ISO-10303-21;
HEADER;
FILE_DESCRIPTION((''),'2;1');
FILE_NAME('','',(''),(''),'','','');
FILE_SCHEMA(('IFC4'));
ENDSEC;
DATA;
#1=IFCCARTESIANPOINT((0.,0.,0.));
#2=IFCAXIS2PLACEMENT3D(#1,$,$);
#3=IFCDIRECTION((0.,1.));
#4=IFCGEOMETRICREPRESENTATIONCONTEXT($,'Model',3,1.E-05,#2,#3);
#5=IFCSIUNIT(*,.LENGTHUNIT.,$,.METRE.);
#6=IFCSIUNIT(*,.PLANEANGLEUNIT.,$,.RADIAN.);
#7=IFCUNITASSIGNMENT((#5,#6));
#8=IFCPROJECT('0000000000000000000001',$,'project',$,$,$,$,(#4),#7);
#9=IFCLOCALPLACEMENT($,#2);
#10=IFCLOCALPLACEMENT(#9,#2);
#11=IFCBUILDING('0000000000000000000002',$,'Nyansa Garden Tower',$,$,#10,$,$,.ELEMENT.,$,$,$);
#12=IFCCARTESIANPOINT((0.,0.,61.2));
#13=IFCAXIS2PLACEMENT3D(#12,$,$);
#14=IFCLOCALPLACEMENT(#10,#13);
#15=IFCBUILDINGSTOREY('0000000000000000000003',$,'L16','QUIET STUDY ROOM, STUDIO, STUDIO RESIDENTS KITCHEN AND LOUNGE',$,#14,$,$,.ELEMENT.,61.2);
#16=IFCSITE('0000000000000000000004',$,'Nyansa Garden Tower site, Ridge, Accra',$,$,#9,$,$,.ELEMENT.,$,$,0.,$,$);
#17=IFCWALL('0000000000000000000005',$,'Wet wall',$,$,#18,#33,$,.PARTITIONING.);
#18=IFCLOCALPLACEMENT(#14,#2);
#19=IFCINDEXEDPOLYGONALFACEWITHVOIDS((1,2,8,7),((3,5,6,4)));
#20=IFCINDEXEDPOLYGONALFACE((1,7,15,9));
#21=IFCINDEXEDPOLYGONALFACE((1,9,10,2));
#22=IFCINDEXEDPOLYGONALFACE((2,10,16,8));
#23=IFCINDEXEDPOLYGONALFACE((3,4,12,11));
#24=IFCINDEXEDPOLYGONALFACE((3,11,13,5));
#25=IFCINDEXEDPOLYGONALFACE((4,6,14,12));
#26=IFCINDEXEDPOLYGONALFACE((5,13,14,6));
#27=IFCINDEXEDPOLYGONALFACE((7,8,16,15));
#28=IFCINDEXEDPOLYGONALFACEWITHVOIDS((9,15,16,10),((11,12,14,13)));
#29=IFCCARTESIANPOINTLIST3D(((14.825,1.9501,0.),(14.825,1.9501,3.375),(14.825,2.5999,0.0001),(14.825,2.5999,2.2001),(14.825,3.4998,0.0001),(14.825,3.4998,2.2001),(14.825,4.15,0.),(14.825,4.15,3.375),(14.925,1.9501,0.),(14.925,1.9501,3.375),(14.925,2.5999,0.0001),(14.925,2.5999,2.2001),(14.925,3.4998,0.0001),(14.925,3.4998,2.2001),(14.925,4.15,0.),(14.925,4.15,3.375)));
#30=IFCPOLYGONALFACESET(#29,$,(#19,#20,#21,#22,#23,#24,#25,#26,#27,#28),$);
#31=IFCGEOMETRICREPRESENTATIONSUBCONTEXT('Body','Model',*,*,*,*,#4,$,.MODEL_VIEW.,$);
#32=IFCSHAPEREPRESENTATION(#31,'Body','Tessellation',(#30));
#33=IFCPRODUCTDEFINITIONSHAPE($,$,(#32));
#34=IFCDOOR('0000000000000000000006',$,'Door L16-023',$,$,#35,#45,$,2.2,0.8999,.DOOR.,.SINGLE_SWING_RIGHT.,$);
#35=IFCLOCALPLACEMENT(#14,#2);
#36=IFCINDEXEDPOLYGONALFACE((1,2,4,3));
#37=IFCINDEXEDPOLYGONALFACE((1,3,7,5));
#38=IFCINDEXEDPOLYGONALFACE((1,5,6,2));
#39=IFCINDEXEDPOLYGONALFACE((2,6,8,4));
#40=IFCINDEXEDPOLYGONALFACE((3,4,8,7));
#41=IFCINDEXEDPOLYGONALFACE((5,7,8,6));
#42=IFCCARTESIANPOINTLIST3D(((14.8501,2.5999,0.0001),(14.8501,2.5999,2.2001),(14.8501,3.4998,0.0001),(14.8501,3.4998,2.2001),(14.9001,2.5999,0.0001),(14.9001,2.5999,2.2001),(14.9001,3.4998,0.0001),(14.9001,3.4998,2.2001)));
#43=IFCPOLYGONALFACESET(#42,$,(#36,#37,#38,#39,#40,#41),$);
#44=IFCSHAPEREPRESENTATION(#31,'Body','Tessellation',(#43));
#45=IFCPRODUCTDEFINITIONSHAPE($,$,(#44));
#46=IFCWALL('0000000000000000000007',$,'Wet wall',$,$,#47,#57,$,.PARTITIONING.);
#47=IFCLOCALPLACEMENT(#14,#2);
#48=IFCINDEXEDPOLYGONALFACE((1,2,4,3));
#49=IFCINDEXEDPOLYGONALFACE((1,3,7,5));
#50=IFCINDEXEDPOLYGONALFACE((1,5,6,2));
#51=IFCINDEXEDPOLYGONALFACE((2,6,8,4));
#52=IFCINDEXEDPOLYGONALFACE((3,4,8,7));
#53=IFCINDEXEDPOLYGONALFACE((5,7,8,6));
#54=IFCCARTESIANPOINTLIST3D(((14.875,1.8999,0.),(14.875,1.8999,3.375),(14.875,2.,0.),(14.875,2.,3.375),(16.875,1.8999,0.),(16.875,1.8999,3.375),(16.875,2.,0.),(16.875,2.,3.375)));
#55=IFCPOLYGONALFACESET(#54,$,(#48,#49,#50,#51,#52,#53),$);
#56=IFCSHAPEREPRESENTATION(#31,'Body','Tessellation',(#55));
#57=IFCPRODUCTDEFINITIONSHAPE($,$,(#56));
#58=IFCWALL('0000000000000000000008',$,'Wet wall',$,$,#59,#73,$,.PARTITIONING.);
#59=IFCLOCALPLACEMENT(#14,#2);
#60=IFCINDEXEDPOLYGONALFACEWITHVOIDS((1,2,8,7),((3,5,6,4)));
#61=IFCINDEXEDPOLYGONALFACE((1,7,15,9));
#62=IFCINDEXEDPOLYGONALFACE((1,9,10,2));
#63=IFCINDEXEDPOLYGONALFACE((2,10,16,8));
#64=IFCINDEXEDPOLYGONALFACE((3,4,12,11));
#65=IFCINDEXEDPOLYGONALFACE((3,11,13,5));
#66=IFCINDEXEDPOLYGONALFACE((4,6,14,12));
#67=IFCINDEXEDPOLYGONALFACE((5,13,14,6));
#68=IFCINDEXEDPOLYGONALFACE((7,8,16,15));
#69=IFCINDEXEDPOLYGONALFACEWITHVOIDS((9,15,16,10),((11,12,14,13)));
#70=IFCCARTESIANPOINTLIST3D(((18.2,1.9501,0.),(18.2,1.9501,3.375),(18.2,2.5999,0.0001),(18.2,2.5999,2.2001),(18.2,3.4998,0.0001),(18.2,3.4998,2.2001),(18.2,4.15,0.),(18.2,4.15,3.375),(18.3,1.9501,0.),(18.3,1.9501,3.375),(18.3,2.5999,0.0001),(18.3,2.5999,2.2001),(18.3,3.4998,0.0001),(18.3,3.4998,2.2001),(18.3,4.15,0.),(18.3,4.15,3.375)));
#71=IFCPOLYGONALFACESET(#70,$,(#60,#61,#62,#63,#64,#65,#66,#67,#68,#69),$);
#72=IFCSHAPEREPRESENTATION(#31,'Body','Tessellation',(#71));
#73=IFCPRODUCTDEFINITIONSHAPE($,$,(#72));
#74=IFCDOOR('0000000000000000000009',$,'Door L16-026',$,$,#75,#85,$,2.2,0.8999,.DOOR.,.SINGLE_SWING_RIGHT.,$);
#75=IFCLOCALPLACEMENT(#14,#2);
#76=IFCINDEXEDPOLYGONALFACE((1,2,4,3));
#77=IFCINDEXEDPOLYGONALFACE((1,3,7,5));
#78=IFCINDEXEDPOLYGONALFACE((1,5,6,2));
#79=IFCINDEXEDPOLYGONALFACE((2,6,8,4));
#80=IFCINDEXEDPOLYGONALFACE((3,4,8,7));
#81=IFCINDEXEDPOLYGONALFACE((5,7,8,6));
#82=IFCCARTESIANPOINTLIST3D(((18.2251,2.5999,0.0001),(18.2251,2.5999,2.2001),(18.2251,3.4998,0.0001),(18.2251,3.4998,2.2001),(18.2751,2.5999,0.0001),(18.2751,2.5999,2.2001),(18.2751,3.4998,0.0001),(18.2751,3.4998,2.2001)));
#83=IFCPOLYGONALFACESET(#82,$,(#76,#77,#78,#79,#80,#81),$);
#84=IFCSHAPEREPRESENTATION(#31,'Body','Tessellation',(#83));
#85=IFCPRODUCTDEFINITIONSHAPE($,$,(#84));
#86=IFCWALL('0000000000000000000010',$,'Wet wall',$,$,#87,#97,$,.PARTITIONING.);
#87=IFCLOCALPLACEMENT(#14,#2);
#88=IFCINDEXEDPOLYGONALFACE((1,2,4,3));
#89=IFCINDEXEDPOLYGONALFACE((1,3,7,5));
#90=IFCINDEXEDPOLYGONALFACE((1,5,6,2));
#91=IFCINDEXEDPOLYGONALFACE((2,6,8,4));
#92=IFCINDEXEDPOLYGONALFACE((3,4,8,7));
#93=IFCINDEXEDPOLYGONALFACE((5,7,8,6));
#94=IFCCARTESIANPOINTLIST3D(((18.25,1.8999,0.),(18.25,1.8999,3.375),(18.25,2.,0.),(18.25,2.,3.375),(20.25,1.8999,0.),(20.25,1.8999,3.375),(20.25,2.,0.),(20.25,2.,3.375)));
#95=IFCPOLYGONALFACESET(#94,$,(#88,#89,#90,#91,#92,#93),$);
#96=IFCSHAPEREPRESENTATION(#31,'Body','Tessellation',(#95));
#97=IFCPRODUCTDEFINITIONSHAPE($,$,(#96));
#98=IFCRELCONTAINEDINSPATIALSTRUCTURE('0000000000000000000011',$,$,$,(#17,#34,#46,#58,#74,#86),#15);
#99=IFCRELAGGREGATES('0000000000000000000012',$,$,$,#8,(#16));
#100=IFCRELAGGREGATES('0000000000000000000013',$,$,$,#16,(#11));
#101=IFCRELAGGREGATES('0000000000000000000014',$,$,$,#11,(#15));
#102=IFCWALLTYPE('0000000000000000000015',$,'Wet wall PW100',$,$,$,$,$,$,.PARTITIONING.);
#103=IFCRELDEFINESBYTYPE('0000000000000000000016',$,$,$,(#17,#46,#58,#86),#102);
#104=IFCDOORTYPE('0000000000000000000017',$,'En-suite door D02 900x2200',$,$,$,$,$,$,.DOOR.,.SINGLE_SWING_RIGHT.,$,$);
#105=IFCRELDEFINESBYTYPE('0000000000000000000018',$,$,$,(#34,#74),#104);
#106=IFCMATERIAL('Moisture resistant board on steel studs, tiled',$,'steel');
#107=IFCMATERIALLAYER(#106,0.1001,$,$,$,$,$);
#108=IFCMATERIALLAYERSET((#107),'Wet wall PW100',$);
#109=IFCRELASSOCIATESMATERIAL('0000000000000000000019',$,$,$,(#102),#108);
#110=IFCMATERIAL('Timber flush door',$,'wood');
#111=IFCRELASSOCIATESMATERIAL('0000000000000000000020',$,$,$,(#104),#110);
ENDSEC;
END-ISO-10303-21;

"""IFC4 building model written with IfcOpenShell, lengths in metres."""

from ifc_helpers import new_model, si_unit, direction, frame, frame_2d, origin, place, context, subcontext, project, spatial, rectangle, extrude, material, layer, layer_set, type_object, element, fill, save


model = new_model("IFC4")

# Units and contexts
model_context = context("Model", 3, precision=1e-05, world=origin(), true_north=direction((0.0, 1.0)))
body_context = subcontext(model_context, "Body", "Model", "MODEL_VIEW")
ifc_project = project(units=[si_unit("LENGTHUNIT", "METRE"), si_unit("PLANEANGLEUNIT", "RADIAN")], contexts=[model_context])

# Site, building, storey
site_placement = place(None, origin())
site = spatial("IfcSite", under=ifc_project, at=site_placement, Name="Nyansa Garden Tower site, Ridge, Accra", CompositionType="ELEMENT", RefElevation=0.0)
building_placement = place(site_placement, origin())
building = spatial("IfcBuilding", under=site, at=building_placement, Name="Nyansa Garden Tower", CompositionType="ELEMENT")
storey_placement = place(building_placement, frame((0.0, 0.0, 61.2)))
storey = spatial("IfcBuildingStorey", under=building, at=storey_placement, Name="L16", Description="QUIET STUDY ROOM, STUDIO, STUDIO RESIDENTS KITCHEN AND LOUNGE", CompositionType="ELEMENT", Elevation=61.2)

# Wall, opening, door
ifc_material_1 = material(Name="Moisture resistant board on steel studs, tiled", Category="steel")
ifc_layer_1 = layer(ifc_material_1, 0.1001)
ifc_layer_set_1 = layer_set([ifc_layer_1], Name="Wet wall PW100")
wall_type_1 = type_object("IfcWallType", Name="Wet wall PW100", PredefinedType="PARTITIONING", material=ifc_layer_set_1)
wall_1_placement = place(storey_placement, frame((14.875, 1.95, 0.0), z_axis=(0.0, 0.0, 1.0), x_axis=(0.0, 1.0, 0.0)))
wall_1 = element("IfcWall", 1, at=wall_1_placement, inside=storey, type_object=wall_type_1, Name="Wet wall", PredefinedType="PARTITIONING", context=body_context, shape_type="SweptSolid", body=[
    extrude(rectangle(XDim=2.2, YDim=0.1001, at=frame_2d((1.1001, 0.0))), origin(), (0.0, 0.0, 1.0), 3.375),
])
opening_1_placement = place(wall_1_placement, frame((0.6499, 0.0, 0.0)))
opening_1 = element("IfcOpeningElement", 2, at=opening_1_placement, cuts=wall_1, PredefinedType="OPENING", context=body_context, shape_type="SweptSolid", body=[
    extrude(rectangle(XDim=0.8999, YDim=2.2, at=frame_2d((0.45, 1.1001))), frame((0.0, 0.0601, 0.0), z_axis=(0.0, -1.0, 0.0), x_axis=(1.0, 0.0, 0.0)), (0.0, 0.0, 1.0), 0.1201),
])
ifc_material_2 = material(Name="Timber flush door", Category="wood")
door_type_1 = type_object("IfcDoorType", Name="En-suite door D02 900x2200", OperationType="SINGLE_SWING_RIGHT", PredefinedType="DOOR", material=ifc_material_2)
door_1_placement = place(opening_1_placement, origin())
door_1 = element("IfcDoor", 3, at=door_1_placement, inside=storey, type_object=door_type_1, Name="Door L16-023", OperationType="SINGLE_SWING_RIGHT", OverallHeight=2.2, OverallWidth=0.8999, PredefinedType="DOOR", context=body_context, shape_type="SweptSolid", body=[
    extrude(rectangle(XDim=0.8999, YDim=2.2, at=frame_2d((0.45, 1.1001))), frame((0.0, 0.0249, 0.0), z_axis=(0.0, -1.0, 0.0), x_axis=(1.0, 0.0, 0.0)), (0.0, 0.0, 1.0), 0.05),
])
fill(opening_1, door_1)

# Wall
wall_2_placement = place(storey_placement, frame((14.875, 1.95, 0.0), z_axis=(0.0, 0.0, 1.0), x_axis=(1.0, 0.0, 0.0)))
element("IfcWall", 4, at=wall_2_placement, inside=storey, type_object=wall_type_1, Name="Wet wall", PredefinedType="PARTITIONING", context=body_context, shape_type="SweptSolid", body=[
    extrude(rectangle(XDim=2.0, YDim=0.1001, at=frame_2d((1.0, 0.0))), origin(), (0.0, 0.0, 1.0), 3.375),
])

# Wall, opening, door
wall_3_placement = place(storey_placement, frame((18.25, 1.95, 0.0), z_axis=(0.0, 0.0, 1.0), x_axis=(0.0, 1.0, 0.0)))
wall_3 = element("IfcWall", 5, at=wall_3_placement, inside=storey, type_object=wall_type_1, Name="Wet wall", PredefinedType="PARTITIONING", context=body_context, shape_type="SweptSolid", body=[
    extrude(rectangle(XDim=2.2, YDim=0.1001, at=frame_2d((1.1001, 0.0))), origin(), (0.0, 0.0, 1.0), 3.375),
])
opening_2_placement = place(wall_3_placement, frame((0.6499, 0.0, 0.0)))
opening_2 = element("IfcOpeningElement", 6, at=opening_2_placement, cuts=wall_3, PredefinedType="OPENING", context=body_context, shape_type="SweptSolid", body=[
    extrude(rectangle(XDim=0.8999, YDim=2.2, at=frame_2d((0.45, 1.1001))), frame((0.0, 0.0601, 0.0), z_axis=(0.0, -1.0, 0.0), x_axis=(1.0, 0.0, 0.0)), (0.0, 0.0, 1.0), 0.1201),
])
door_2_placement = place(opening_2_placement, origin())
door_2 = element("IfcDoor", 7, at=door_2_placement, inside=storey, type_object=door_type_1, Name="Door L16-026", OperationType="SINGLE_SWING_RIGHT", OverallHeight=2.2, OverallWidth=0.8999, PredefinedType="DOOR", context=body_context, shape_type="SweptSolid", body=[
    extrude(rectangle(XDim=0.8999, YDim=2.2, at=frame_2d((0.45, 1.1001))), frame((0.0, 0.0249, 0.0), z_axis=(0.0, -1.0, 0.0), x_axis=(1.0, 0.0, 0.0)), (0.0, 0.0, 1.0), 0.05),
])
fill(opening_2, door_2)

# Wall
wall_4_placement = place(storey_placement, frame((18.25, 1.95, 0.0), z_axis=(0.0, 0.0, 1.0), x_axis=(1.0, 0.0, 0.0)))
element("IfcWall", 8, at=wall_4_placement, inside=storey, type_object=wall_type_1, Name="Wet wall", PredefinedType="PARTITIONING", context=body_context, shape_type="SweptSolid", body=[
    extrude(rectangle(XDim=2.0, YDim=0.1001, at=frame_2d((1.0, 0.0))), origin(), (0.0, 0.0, 1.0), 3.375),
])

save(model, "model.ifc")
